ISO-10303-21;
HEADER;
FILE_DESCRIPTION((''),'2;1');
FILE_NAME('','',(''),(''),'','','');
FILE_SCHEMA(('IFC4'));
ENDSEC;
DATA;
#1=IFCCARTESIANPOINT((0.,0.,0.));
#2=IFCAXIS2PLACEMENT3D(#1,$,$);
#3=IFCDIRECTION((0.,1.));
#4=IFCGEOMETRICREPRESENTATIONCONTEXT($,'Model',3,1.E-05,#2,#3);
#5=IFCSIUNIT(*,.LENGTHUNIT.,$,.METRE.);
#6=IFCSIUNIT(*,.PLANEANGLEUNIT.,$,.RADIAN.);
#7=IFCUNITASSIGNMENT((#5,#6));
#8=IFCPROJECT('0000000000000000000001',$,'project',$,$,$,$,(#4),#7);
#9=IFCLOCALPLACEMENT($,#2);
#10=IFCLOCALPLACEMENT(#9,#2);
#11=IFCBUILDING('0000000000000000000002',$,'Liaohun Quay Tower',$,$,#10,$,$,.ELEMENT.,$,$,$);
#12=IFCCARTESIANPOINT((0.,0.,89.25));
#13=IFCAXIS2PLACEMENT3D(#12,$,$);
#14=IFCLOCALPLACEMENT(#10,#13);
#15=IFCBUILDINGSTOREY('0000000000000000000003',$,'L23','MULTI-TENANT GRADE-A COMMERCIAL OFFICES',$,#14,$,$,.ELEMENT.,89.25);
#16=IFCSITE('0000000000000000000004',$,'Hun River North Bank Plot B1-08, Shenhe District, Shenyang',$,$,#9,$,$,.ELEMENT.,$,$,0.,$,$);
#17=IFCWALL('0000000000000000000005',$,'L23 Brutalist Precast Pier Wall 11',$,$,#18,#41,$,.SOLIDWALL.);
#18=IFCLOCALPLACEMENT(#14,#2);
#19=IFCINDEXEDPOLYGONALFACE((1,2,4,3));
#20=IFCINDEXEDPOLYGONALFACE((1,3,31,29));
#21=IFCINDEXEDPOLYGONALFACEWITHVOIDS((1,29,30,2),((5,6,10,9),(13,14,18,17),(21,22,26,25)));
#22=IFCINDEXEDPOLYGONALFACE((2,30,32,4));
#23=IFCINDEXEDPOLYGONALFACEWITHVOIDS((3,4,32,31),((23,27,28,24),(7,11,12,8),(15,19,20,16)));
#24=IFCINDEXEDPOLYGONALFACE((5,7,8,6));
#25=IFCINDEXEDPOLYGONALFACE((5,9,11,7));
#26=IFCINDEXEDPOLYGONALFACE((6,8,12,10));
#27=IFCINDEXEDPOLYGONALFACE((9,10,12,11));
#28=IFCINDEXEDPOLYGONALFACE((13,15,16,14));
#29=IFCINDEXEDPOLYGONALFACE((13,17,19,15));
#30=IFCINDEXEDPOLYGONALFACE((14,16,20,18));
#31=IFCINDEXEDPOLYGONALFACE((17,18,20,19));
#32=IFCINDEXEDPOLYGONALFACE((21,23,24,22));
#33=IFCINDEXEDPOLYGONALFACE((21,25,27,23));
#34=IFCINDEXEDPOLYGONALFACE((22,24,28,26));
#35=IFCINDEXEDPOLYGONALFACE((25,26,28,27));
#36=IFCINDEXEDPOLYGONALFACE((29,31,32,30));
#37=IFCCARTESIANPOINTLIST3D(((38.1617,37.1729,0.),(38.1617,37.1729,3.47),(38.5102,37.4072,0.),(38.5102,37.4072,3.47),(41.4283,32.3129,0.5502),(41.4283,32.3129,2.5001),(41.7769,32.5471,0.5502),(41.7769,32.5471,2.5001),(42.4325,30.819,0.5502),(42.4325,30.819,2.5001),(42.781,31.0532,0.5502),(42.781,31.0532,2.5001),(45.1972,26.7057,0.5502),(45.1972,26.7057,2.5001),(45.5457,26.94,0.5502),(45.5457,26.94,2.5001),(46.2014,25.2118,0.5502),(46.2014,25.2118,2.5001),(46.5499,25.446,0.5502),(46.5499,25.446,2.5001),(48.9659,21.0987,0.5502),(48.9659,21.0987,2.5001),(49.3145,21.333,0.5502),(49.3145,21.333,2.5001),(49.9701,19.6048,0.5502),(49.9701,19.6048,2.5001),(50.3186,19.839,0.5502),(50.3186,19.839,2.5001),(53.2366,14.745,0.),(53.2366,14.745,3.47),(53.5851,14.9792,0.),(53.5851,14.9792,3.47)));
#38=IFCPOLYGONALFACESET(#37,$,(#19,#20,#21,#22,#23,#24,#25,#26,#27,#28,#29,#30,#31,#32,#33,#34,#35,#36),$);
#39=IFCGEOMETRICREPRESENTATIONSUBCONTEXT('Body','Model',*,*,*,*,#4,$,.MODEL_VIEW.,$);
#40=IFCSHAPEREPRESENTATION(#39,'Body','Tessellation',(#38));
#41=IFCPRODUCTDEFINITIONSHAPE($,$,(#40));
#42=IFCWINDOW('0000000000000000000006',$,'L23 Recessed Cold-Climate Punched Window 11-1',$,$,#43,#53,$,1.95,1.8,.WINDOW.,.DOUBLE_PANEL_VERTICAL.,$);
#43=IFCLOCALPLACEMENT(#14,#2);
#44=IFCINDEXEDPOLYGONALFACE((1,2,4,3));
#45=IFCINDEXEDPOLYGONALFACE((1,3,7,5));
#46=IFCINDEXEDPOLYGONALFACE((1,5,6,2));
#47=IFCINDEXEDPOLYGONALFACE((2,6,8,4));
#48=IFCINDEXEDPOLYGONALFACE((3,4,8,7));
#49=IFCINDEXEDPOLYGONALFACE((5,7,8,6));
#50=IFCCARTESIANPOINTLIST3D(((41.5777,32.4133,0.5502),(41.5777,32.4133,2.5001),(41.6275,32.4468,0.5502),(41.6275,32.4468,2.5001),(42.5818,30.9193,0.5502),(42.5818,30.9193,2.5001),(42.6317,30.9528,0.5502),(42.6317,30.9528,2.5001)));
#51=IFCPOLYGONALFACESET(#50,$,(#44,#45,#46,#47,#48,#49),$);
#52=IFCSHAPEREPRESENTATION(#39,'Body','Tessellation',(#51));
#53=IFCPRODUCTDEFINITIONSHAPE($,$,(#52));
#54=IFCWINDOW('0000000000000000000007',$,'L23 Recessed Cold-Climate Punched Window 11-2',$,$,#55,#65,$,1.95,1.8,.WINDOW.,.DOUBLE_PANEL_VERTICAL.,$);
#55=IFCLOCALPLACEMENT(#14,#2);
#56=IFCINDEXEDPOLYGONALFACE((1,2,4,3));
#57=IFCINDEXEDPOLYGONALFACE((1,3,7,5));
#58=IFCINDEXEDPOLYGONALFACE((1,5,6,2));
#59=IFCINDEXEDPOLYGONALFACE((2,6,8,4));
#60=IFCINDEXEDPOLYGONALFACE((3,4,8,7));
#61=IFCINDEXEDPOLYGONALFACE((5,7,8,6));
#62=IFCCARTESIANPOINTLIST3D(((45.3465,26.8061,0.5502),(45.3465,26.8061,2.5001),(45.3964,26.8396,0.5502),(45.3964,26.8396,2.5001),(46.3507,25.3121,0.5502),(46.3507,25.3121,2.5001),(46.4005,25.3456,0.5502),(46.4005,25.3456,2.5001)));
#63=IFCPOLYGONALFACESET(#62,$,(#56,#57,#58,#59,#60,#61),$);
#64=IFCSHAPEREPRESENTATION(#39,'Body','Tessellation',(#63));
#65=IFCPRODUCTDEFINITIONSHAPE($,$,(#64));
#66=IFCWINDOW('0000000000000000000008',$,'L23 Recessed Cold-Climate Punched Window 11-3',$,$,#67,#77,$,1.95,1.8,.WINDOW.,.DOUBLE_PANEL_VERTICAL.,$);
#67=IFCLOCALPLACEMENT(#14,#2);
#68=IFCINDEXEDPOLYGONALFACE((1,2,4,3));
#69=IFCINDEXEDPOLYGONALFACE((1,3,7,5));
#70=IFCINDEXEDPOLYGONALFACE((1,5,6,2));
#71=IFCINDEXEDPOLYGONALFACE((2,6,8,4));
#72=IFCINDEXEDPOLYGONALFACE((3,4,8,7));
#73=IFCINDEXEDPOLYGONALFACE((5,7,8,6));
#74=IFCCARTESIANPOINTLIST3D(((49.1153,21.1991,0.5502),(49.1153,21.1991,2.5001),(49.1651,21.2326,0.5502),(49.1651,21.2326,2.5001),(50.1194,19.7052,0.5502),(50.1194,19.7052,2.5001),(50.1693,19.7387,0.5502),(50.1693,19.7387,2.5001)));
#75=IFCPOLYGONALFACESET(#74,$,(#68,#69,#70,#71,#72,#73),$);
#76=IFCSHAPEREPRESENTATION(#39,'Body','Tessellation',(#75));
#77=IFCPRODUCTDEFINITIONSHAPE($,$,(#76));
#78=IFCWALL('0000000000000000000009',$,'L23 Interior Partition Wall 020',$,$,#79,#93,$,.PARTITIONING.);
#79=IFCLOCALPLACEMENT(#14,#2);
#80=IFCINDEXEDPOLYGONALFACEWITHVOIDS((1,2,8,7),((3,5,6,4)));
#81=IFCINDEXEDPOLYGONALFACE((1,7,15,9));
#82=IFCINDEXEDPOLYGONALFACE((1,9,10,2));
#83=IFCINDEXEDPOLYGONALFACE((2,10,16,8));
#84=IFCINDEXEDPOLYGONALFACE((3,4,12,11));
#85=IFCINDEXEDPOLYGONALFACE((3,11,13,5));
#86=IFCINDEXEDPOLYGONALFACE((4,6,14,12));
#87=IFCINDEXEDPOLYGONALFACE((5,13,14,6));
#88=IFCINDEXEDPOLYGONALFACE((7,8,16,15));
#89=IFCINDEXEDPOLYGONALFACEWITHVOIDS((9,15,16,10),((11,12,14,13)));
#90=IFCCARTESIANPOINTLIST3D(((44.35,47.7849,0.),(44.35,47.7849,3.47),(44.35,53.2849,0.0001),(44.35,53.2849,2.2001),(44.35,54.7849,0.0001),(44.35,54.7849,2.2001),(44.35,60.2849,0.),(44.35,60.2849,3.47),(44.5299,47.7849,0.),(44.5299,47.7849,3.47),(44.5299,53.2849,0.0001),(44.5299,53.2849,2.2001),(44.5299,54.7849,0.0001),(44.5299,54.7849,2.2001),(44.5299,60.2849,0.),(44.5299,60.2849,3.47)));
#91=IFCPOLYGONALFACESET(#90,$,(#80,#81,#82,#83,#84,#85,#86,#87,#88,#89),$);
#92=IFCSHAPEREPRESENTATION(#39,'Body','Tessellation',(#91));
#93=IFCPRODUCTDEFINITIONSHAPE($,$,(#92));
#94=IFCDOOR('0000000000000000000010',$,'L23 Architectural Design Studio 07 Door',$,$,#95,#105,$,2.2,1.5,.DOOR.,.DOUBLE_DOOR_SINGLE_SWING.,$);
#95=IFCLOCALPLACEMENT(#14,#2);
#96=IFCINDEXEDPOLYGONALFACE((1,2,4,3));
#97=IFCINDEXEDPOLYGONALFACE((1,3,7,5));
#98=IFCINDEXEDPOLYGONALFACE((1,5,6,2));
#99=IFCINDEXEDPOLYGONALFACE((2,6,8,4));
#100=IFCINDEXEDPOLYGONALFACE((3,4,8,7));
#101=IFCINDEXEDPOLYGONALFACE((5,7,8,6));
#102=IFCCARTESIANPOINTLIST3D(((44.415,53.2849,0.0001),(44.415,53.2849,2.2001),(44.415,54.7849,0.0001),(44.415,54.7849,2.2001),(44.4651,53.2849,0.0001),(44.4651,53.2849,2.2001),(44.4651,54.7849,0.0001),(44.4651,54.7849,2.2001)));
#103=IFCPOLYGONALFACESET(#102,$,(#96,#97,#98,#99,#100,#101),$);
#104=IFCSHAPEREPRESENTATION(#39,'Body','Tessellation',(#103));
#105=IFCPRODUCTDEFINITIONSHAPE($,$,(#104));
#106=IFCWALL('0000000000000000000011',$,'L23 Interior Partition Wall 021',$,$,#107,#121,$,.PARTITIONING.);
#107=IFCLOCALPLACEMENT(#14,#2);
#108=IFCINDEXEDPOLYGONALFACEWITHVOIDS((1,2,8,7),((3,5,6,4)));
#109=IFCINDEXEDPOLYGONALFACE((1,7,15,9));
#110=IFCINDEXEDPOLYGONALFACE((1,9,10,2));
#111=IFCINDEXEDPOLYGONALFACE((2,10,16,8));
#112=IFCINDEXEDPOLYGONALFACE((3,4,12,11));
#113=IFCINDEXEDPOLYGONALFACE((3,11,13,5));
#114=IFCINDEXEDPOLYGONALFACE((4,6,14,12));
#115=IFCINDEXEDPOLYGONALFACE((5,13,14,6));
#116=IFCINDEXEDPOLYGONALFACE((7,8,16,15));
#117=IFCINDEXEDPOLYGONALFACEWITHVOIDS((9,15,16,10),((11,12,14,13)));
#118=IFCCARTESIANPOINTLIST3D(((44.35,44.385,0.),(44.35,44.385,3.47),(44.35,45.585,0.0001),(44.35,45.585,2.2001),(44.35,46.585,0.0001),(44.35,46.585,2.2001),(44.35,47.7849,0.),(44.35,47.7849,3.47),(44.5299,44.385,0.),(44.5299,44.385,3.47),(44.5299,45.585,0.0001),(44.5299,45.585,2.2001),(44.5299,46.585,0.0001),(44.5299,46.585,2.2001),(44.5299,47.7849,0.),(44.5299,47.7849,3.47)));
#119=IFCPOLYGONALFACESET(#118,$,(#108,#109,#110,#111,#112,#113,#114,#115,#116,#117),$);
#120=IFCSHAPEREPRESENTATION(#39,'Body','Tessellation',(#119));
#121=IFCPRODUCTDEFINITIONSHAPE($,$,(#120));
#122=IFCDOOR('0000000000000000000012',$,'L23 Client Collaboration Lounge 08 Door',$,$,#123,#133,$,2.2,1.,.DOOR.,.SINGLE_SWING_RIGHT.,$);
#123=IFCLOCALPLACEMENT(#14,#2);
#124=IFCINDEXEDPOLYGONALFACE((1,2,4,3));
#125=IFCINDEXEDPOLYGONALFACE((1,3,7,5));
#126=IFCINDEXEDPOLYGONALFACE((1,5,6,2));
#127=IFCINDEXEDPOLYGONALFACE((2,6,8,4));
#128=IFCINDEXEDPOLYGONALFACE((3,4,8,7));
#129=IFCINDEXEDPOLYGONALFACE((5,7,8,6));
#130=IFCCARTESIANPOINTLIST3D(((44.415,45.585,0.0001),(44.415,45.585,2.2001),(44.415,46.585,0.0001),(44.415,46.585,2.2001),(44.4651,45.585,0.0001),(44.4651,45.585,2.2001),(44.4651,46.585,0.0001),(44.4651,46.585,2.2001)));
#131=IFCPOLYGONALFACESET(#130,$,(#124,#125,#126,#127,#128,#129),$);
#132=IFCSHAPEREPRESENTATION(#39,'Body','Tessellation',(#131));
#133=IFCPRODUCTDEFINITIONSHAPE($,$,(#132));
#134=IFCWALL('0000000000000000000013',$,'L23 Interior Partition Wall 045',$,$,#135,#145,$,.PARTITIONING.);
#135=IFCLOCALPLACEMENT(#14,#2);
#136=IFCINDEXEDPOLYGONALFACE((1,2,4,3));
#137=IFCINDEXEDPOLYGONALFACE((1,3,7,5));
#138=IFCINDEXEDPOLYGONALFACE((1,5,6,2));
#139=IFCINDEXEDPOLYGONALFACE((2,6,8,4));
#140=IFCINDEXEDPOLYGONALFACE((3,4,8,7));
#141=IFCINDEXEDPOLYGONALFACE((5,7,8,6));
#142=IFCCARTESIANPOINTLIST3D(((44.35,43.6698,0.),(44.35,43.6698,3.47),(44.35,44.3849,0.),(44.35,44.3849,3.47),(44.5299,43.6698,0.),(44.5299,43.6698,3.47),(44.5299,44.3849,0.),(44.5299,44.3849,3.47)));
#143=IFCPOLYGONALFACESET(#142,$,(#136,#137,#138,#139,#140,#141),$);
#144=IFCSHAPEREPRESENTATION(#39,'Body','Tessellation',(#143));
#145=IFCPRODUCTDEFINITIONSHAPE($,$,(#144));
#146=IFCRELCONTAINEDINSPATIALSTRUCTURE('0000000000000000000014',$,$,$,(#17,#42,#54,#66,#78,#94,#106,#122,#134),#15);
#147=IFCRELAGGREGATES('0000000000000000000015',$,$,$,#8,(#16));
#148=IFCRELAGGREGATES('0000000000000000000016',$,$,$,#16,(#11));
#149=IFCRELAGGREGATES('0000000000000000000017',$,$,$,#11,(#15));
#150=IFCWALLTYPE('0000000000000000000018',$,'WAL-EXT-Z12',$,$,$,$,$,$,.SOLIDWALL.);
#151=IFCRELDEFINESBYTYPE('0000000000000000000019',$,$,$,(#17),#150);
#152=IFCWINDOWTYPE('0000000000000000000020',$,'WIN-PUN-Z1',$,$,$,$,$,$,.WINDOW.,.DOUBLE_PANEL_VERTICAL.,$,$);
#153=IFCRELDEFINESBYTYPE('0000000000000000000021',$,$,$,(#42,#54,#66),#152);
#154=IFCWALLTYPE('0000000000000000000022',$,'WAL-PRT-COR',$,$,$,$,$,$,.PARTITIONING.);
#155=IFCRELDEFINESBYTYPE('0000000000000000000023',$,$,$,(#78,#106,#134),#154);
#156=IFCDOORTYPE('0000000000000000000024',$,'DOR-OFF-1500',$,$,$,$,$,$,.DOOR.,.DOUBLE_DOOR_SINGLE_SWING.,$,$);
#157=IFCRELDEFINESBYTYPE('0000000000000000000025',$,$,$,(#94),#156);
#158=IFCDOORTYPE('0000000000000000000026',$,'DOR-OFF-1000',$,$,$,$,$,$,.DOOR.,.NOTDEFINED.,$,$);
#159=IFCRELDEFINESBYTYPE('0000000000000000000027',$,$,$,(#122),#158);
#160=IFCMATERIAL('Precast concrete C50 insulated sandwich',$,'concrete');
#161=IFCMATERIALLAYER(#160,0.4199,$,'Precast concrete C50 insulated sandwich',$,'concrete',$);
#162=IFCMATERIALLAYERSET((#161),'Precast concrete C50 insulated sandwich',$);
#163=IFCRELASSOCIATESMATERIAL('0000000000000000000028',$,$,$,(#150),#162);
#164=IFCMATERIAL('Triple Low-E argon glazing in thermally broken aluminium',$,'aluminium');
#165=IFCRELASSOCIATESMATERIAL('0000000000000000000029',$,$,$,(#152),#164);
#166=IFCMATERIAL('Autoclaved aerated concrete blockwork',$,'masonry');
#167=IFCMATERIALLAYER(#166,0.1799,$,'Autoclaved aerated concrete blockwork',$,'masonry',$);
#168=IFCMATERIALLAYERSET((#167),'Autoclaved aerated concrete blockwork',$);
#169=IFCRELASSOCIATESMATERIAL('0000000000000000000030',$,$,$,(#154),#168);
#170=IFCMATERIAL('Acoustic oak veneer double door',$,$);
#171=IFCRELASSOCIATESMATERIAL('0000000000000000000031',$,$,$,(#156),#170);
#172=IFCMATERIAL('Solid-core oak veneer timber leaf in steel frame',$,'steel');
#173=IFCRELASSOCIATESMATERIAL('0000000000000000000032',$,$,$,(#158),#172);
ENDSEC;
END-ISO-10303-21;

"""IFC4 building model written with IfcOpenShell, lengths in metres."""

from ifc_helpers import new_model, si_unit, direction, frame, frame_2d, origin, place, context, subcontext, project, spatial, rectangle, extrude, source, transform, mapped, material, layer, layer_set, type_object, element, fill, save


model = new_model("IFC4")

# Units and contexts
model_context = context("Model", 3, precision=1e-05, world=origin(), true_north=direction((0.0, 1.0)))
body_context = subcontext(model_context, "Body", "Model", "MODEL_VIEW")
ifc_project = project(units=[si_unit("LENGTHUNIT", "METRE"), si_unit("PLANEANGLEUNIT", "RADIAN")], contexts=[model_context])

# Site, building, storey
site_placement = place(None, origin())
site = spatial("IfcSite", under=ifc_project, at=site_placement, Name="Hun River North Bank Plot B1-08, Shenhe District, Shenyang", CompositionType="ELEMENT", RefElevation=0.0)
building_placement = place(site_placement, origin())
building = spatial("IfcBuilding", under=site, at=building_placement, Name="Liaohun Quay Tower", CompositionType="ELEMENT")
storey_placement = place(building_placement, frame((0.0, 0.0, 89.25)))
storey = spatial("IfcBuildingStorey", under=building, at=storey_placement, Name="L23", Description="MULTI-TENANT GRADE-A COMMERCIAL OFFICES", CompositionType="ELEMENT", Elevation=89.25)

# Wall, openings, windows
ifc_material_1 = material(Name="Precast concrete C50 insulated sandwich", Category="concrete")
ifc_layer_1 = layer(ifc_material_1, 0.4199, Name="Precast concrete C50 insulated sandwich", Category="concrete")
ifc_layer_set_1 = layer_set([ifc_layer_1], Name="Precast concrete C50 insulated sandwich")
wall_type_1 = type_object("IfcWallType", Name="WAL-EXT-Z12", PredefinedType="SOLIDWALL", material=ifc_layer_set_1)
wall_1_placement = place(storey_placement, frame((38.3359, 37.29, 0.0), z_axis=(0.0, 0.0, 1.0), x_axis=(0.557846, -0.829944, 0.0)))
wall_1 = element("IfcWall", 1, at=wall_1_placement, inside=storey, type_object=wall_type_1, Name="L23 Brutalist Precast Pier Wall 11", PredefinedType="SOLIDWALL", context=body_context, shape_type="SweptSolid", body=[
    extrude(rectangle(XDim=27.0234, YDim=0.4199, at=frame_2d((13.5117, 0.0))), origin(), (0.0, 0.0, 1.0), 3.47),
])
shared_shape_1 = source(origin(), body_context, "Body", "SweptSolid", [
    extrude(rectangle(XDim=1.8, YDim=1.95, at=frame_2d((0.8999, 0.9751))), frame((0.0, 0.22, 0.0), z_axis=(0.0, -1.0, 0.0), x_axis=(1.0, 0.0, 0.0)), (0.0, 0.0, 1.0), 0.4399),
])
opening_1_placement = place(wall_1_placement, frame((5.856, 0.0, 0.55)))
opening_1 = element("IfcOpeningElement", 2, at=opening_1_placement, cuts=wall_1, PredefinedType="OPENING", context=body_context, shape_type="MappedRepresentation", body=[
    mapped(shared_shape_1, transform((0.0, 0.0, 0.0), x_axis=(1.0, 0.0, 0.0), y_axis=(0.0, 1.0, 0.0), z_axis=(0.0, 0.0, 1.0), scale=1.0)),
])
opening_2_placement = place(wall_1_placement, frame((12.6121, 0.0, 0.55)))
opening_2 = element("IfcOpeningElement", 3, at=opening_2_placement, cuts=wall_1, PredefinedType="OPENING", context=body_context, shape_type="MappedRepresentation", body=[
    mapped(shared_shape_1, transform((0.0, 0.0, 0.0), x_axis=(1.0, 0.0, 0.0), y_axis=(0.0, 1.0, 0.0), z_axis=(0.0, 0.0, 1.0), scale=1.0)),
])
opening_3_placement = place(wall_1_placement, frame((19.3679, 0.0, 0.55)))
opening_3 = element("IfcOpeningElement", 4, at=opening_3_placement, cuts=wall_1, PredefinedType="OPENING", context=body_context, shape_type="MappedRepresentation", body=[
    mapped(shared_shape_1, transform((0.0, 0.0, 0.0), x_axis=(1.0, 0.0, 0.0), y_axis=(0.0, 1.0, 0.0), z_axis=(0.0, 0.0, 1.0), scale=1.0)),
])
ifc_material_2 = material(Name="Triple Low-E argon glazing in thermally broken aluminium", Category="aluminium")
window_type = type_object("IfcWindowType", Name="WIN-PUN-Z1", PartitioningType="DOUBLE_PANEL_VERTICAL", PredefinedType="WINDOW", material=ifc_material_2)
shared_shape_2 = source(origin(), body_context, "Body", "SweptSolid", [
    extrude(rectangle(XDim=1.8, YDim=1.95, at=frame_2d((0.8999, 0.9751))), frame((0.0, 0.03, 0.0), z_axis=(0.0, -1.0, 0.0), x_axis=(1.0, 0.0, 0.0)), (0.0, 0.0, 1.0), 0.0601),
])
window_1_placement = place(opening_1_placement, origin())
window_1 = element("IfcWindow", 5, at=window_1_placement, inside=storey, type_object=window_type, Name="L23 Recessed Cold-Climate Punched Window 11-1", OverallHeight=1.95, OverallWidth=1.8, PartitioningType="DOUBLE_PANEL_VERTICAL", PredefinedType="WINDOW", context=body_context, shape_type="MappedRepresentation", body=[
    mapped(shared_shape_2, transform((0.0, 0.0, 0.0), x_axis=(1.0, 0.0, 0.0), y_axis=(0.0, 1.0, 0.0), z_axis=(0.0, 0.0, 1.0), scale=1.0)),
])
fill(opening_1, window_1)
window_2_placement = place(opening_2_placement, origin())
window_2 = element("IfcWindow", 6, at=window_2_placement, inside=storey, type_object=window_type, Name="L23 Recessed Cold-Climate Punched Window 11-2", OverallHeight=1.95, OverallWidth=1.8, PartitioningType="DOUBLE_PANEL_VERTICAL", PredefinedType="WINDOW", context=body_context, shape_type="MappedRepresentation", body=[
    mapped(shared_shape_2, transform((0.0, 0.0, 0.0), x_axis=(1.0, 0.0, 0.0), y_axis=(0.0, 1.0, 0.0), z_axis=(0.0, 0.0, 1.0), scale=1.0)),
])
fill(opening_2, window_2)
window_3_placement = place(opening_3_placement, origin())
window_3 = element("IfcWindow", 7, at=window_3_placement, inside=storey, type_object=window_type, Name="L23 Recessed Cold-Climate Punched Window 11-3", OverallHeight=1.95, OverallWidth=1.8, PartitioningType="DOUBLE_PANEL_VERTICAL", PredefinedType="WINDOW", context=body_context, shape_type="MappedRepresentation", body=[
    mapped(shared_shape_2, transform((0.0, 0.0, 0.0), x_axis=(1.0, 0.0, 0.0), y_axis=(0.0, 1.0, 0.0), z_axis=(0.0, 0.0, 1.0), scale=1.0)),
])
fill(opening_3, window_3)

# Walls, openings, doors
ifc_material_3 = material(Name="Autoclaved aerated concrete blockwork", Category="masonry")
ifc_layer_2 = layer(ifc_material_3, 0.1799, Name="Autoclaved aerated concrete blockwork", Category="masonry")
ifc_layer_set_2 = layer_set([ifc_layer_2], Name="Autoclaved aerated concrete blockwork")
wall_type_2 = type_object("IfcWallType", Name="WAL-PRT-COR", PredefinedType="PARTITIONING", material=ifc_layer_set_2)
wall_2_placement = place(storey_placement, frame((44.4399, 47.7849, 0.0), z_axis=(0.0, 0.0, 1.0), x_axis=(0.0, 1.0, 0.0)))
wall_2 = element("IfcWall", 8, at=wall_2_placement, inside=storey, type_object=wall_type_2, Name="L23 Interior Partition Wall 020", PredefinedType="PARTITIONING", context=body_context, shape_type="SweptSolid", body=[
    extrude(rectangle(XDim=12.5, YDim=0.1799, at=frame_2d((6.25, 0.0))), origin(), (0.0, 0.0, 1.0), 3.47),
])
shared_shape_3 = source(origin(), body_context, "Body", "SweptSolid", [
    extrude(rectangle(XDim=1.5, YDim=2.2, at=frame_2d((0.75, 1.1001))), frame((0.0, 0.0999, 0.0), z_axis=(0.0, -1.0, 0.0), x_axis=(1.0, 0.0, 0.0)), (0.0, 0.0, 1.0), 0.2),
])
opening_4_placement = place(wall_2_placement, frame((5.5, 0.0, 0.0)))
opening_4 = element("IfcOpeningElement", 9, at=opening_4_placement, cuts=wall_2, PredefinedType="OPENING", context=body_context, shape_type="MappedRepresentation", body=[
    mapped(shared_shape_3, transform((0.0, 0.0, 0.0), x_axis=(1.0, 0.0, 0.0), y_axis=(0.0, 1.0, 0.0), z_axis=(0.0, 0.0, 1.0), scale=1.0)),
])
ifc_material_4 = material(Name="Acoustic oak veneer double door")
door_type_1 = type_object("IfcDoorType", Name="DOR-OFF-1500", OperationType="DOUBLE_DOOR_SINGLE_SWING", PredefinedType="DOOR", material=ifc_material_4)
shared_shape_4 = source(origin(), body_context, "Body", "SweptSolid", [
    extrude(rectangle(XDim=1.5, YDim=2.2, at=frame_2d((0.75, 1.1001))), frame((0.0, 0.0249, 0.0), z_axis=(0.0, -1.0, 0.0), x_axis=(1.0, 0.0, 0.0)), (0.0, 0.0, 1.0), 0.05),
])
door_1_placement = place(opening_4_placement, origin())
door_1 = element("IfcDoor", 10, at=door_1_placement, inside=storey, type_object=door_type_1, Name="L23 Architectural Design Studio 07 Door", OperationType="DOUBLE_DOOR_SINGLE_SWING", OverallHeight=2.2, OverallWidth=1.5, PredefinedType="DOOR", context=body_context, shape_type="MappedRepresentation", body=[
    mapped(shared_shape_4, transform((0.0, 0.0, 0.0), x_axis=(1.0, 0.0, 0.0), y_axis=(0.0, 1.0, 0.0), z_axis=(0.0, 0.0, 1.0), scale=1.0)),
])
fill(opening_4, door_1)
wall_3_placement = place(storey_placement, frame((44.4399, 44.385, 0.0), z_axis=(0.0, 0.0, 1.0), x_axis=(0.0, 1.0, 0.0)))
wall_3 = element("IfcWall", 11, at=wall_3_placement, inside=storey, type_object=wall_type_2, Name="L23 Interior Partition Wall 021", PredefinedType="PARTITIONING", context=body_context, shape_type="SweptSolid", body=[
    extrude(rectangle(XDim=3.3999, YDim=0.1799, at=frame_2d((1.7, 0.0))), origin(), (0.0, 0.0, 1.0), 3.47),
])
shared_shape_5 = source(origin(), body_context, "Body", "SweptSolid", [
    extrude(rectangle(XDim=1.0, YDim=2.2, at=frame_2d((0.5, 1.1001))), frame((0.0, 0.0999, 0.0), z_axis=(0.0, -1.0, 0.0), x_axis=(1.0, 0.0, 0.0)), (0.0, 0.0, 1.0), 0.2),
])
opening_5_placement = place(wall_3_placement, frame((1.2, 0.0, 0.0)))
opening_5 = element("IfcOpeningElement", 12, at=opening_5_placement, cuts=wall_3, PredefinedType="OPENING", context=body_context, shape_type="MappedRepresentation", body=[
    mapped(shared_shape_5, transform((0.0, 0.0, 0.0), x_axis=(1.0, 0.0, 0.0), y_axis=(0.0, 1.0, 0.0), z_axis=(0.0, 0.0, 1.0), scale=1.0)),
])
ifc_material_5 = material(Name="Solid-core oak veneer timber leaf in steel frame", Category="steel")
door_type_2 = type_object("IfcDoorType", Name="DOR-OFF-1000", OperationType="NOTDEFINED", PredefinedType="DOOR", material=ifc_material_5)
shared_shape_6 = source(origin(), body_context, "Body", "SweptSolid", [
    extrude(rectangle(XDim=1.0, YDim=2.2, at=frame_2d((0.5, 1.1001))), frame((0.0, 0.0249, 0.0), z_axis=(0.0, -1.0, 0.0), x_axis=(1.0, 0.0, 0.0)), (0.0, 0.0, 1.0), 0.05),
])
door_2_placement = place(opening_5_placement, origin())
door_2 = element("IfcDoor", 13, at=door_2_placement, inside=storey, type_object=door_type_2, Name="L23 Client Collaboration Lounge 08 Door", OperationType="SINGLE_SWING_RIGHT", OverallHeight=2.2, OverallWidth=1.0, PredefinedType="DOOR", context=body_context, shape_type="MappedRepresentation", body=[
    mapped(shared_shape_6, transform((0.0, 0.0, 0.0), x_axis=(1.0, 0.0, 0.0), y_axis=(0.0, 1.0, 0.0), z_axis=(0.0, 0.0, 1.0), scale=1.0)),
])
fill(opening_5, door_2)

# Wall
wall_4_placement = place(storey_placement, frame((44.4399, 43.6699, 0.0), z_axis=(0.0, 0.0, 1.0), x_axis=(0.0, 1.0, 0.0)))
element("IfcWall", 14, at=wall_4_placement, inside=storey, type_object=wall_type_2, Name="L23 Interior Partition Wall 045", PredefinedType="PARTITIONING", context=body_context, shape_type="SweptSolid", body=[
    extrude(rectangle(XDim=0.7151, YDim=0.1799, at=frame_2d((0.3574, 0.0))), origin(), (0.0, 0.0, 1.0), 3.47),
])

save(model, "model.ifc")
